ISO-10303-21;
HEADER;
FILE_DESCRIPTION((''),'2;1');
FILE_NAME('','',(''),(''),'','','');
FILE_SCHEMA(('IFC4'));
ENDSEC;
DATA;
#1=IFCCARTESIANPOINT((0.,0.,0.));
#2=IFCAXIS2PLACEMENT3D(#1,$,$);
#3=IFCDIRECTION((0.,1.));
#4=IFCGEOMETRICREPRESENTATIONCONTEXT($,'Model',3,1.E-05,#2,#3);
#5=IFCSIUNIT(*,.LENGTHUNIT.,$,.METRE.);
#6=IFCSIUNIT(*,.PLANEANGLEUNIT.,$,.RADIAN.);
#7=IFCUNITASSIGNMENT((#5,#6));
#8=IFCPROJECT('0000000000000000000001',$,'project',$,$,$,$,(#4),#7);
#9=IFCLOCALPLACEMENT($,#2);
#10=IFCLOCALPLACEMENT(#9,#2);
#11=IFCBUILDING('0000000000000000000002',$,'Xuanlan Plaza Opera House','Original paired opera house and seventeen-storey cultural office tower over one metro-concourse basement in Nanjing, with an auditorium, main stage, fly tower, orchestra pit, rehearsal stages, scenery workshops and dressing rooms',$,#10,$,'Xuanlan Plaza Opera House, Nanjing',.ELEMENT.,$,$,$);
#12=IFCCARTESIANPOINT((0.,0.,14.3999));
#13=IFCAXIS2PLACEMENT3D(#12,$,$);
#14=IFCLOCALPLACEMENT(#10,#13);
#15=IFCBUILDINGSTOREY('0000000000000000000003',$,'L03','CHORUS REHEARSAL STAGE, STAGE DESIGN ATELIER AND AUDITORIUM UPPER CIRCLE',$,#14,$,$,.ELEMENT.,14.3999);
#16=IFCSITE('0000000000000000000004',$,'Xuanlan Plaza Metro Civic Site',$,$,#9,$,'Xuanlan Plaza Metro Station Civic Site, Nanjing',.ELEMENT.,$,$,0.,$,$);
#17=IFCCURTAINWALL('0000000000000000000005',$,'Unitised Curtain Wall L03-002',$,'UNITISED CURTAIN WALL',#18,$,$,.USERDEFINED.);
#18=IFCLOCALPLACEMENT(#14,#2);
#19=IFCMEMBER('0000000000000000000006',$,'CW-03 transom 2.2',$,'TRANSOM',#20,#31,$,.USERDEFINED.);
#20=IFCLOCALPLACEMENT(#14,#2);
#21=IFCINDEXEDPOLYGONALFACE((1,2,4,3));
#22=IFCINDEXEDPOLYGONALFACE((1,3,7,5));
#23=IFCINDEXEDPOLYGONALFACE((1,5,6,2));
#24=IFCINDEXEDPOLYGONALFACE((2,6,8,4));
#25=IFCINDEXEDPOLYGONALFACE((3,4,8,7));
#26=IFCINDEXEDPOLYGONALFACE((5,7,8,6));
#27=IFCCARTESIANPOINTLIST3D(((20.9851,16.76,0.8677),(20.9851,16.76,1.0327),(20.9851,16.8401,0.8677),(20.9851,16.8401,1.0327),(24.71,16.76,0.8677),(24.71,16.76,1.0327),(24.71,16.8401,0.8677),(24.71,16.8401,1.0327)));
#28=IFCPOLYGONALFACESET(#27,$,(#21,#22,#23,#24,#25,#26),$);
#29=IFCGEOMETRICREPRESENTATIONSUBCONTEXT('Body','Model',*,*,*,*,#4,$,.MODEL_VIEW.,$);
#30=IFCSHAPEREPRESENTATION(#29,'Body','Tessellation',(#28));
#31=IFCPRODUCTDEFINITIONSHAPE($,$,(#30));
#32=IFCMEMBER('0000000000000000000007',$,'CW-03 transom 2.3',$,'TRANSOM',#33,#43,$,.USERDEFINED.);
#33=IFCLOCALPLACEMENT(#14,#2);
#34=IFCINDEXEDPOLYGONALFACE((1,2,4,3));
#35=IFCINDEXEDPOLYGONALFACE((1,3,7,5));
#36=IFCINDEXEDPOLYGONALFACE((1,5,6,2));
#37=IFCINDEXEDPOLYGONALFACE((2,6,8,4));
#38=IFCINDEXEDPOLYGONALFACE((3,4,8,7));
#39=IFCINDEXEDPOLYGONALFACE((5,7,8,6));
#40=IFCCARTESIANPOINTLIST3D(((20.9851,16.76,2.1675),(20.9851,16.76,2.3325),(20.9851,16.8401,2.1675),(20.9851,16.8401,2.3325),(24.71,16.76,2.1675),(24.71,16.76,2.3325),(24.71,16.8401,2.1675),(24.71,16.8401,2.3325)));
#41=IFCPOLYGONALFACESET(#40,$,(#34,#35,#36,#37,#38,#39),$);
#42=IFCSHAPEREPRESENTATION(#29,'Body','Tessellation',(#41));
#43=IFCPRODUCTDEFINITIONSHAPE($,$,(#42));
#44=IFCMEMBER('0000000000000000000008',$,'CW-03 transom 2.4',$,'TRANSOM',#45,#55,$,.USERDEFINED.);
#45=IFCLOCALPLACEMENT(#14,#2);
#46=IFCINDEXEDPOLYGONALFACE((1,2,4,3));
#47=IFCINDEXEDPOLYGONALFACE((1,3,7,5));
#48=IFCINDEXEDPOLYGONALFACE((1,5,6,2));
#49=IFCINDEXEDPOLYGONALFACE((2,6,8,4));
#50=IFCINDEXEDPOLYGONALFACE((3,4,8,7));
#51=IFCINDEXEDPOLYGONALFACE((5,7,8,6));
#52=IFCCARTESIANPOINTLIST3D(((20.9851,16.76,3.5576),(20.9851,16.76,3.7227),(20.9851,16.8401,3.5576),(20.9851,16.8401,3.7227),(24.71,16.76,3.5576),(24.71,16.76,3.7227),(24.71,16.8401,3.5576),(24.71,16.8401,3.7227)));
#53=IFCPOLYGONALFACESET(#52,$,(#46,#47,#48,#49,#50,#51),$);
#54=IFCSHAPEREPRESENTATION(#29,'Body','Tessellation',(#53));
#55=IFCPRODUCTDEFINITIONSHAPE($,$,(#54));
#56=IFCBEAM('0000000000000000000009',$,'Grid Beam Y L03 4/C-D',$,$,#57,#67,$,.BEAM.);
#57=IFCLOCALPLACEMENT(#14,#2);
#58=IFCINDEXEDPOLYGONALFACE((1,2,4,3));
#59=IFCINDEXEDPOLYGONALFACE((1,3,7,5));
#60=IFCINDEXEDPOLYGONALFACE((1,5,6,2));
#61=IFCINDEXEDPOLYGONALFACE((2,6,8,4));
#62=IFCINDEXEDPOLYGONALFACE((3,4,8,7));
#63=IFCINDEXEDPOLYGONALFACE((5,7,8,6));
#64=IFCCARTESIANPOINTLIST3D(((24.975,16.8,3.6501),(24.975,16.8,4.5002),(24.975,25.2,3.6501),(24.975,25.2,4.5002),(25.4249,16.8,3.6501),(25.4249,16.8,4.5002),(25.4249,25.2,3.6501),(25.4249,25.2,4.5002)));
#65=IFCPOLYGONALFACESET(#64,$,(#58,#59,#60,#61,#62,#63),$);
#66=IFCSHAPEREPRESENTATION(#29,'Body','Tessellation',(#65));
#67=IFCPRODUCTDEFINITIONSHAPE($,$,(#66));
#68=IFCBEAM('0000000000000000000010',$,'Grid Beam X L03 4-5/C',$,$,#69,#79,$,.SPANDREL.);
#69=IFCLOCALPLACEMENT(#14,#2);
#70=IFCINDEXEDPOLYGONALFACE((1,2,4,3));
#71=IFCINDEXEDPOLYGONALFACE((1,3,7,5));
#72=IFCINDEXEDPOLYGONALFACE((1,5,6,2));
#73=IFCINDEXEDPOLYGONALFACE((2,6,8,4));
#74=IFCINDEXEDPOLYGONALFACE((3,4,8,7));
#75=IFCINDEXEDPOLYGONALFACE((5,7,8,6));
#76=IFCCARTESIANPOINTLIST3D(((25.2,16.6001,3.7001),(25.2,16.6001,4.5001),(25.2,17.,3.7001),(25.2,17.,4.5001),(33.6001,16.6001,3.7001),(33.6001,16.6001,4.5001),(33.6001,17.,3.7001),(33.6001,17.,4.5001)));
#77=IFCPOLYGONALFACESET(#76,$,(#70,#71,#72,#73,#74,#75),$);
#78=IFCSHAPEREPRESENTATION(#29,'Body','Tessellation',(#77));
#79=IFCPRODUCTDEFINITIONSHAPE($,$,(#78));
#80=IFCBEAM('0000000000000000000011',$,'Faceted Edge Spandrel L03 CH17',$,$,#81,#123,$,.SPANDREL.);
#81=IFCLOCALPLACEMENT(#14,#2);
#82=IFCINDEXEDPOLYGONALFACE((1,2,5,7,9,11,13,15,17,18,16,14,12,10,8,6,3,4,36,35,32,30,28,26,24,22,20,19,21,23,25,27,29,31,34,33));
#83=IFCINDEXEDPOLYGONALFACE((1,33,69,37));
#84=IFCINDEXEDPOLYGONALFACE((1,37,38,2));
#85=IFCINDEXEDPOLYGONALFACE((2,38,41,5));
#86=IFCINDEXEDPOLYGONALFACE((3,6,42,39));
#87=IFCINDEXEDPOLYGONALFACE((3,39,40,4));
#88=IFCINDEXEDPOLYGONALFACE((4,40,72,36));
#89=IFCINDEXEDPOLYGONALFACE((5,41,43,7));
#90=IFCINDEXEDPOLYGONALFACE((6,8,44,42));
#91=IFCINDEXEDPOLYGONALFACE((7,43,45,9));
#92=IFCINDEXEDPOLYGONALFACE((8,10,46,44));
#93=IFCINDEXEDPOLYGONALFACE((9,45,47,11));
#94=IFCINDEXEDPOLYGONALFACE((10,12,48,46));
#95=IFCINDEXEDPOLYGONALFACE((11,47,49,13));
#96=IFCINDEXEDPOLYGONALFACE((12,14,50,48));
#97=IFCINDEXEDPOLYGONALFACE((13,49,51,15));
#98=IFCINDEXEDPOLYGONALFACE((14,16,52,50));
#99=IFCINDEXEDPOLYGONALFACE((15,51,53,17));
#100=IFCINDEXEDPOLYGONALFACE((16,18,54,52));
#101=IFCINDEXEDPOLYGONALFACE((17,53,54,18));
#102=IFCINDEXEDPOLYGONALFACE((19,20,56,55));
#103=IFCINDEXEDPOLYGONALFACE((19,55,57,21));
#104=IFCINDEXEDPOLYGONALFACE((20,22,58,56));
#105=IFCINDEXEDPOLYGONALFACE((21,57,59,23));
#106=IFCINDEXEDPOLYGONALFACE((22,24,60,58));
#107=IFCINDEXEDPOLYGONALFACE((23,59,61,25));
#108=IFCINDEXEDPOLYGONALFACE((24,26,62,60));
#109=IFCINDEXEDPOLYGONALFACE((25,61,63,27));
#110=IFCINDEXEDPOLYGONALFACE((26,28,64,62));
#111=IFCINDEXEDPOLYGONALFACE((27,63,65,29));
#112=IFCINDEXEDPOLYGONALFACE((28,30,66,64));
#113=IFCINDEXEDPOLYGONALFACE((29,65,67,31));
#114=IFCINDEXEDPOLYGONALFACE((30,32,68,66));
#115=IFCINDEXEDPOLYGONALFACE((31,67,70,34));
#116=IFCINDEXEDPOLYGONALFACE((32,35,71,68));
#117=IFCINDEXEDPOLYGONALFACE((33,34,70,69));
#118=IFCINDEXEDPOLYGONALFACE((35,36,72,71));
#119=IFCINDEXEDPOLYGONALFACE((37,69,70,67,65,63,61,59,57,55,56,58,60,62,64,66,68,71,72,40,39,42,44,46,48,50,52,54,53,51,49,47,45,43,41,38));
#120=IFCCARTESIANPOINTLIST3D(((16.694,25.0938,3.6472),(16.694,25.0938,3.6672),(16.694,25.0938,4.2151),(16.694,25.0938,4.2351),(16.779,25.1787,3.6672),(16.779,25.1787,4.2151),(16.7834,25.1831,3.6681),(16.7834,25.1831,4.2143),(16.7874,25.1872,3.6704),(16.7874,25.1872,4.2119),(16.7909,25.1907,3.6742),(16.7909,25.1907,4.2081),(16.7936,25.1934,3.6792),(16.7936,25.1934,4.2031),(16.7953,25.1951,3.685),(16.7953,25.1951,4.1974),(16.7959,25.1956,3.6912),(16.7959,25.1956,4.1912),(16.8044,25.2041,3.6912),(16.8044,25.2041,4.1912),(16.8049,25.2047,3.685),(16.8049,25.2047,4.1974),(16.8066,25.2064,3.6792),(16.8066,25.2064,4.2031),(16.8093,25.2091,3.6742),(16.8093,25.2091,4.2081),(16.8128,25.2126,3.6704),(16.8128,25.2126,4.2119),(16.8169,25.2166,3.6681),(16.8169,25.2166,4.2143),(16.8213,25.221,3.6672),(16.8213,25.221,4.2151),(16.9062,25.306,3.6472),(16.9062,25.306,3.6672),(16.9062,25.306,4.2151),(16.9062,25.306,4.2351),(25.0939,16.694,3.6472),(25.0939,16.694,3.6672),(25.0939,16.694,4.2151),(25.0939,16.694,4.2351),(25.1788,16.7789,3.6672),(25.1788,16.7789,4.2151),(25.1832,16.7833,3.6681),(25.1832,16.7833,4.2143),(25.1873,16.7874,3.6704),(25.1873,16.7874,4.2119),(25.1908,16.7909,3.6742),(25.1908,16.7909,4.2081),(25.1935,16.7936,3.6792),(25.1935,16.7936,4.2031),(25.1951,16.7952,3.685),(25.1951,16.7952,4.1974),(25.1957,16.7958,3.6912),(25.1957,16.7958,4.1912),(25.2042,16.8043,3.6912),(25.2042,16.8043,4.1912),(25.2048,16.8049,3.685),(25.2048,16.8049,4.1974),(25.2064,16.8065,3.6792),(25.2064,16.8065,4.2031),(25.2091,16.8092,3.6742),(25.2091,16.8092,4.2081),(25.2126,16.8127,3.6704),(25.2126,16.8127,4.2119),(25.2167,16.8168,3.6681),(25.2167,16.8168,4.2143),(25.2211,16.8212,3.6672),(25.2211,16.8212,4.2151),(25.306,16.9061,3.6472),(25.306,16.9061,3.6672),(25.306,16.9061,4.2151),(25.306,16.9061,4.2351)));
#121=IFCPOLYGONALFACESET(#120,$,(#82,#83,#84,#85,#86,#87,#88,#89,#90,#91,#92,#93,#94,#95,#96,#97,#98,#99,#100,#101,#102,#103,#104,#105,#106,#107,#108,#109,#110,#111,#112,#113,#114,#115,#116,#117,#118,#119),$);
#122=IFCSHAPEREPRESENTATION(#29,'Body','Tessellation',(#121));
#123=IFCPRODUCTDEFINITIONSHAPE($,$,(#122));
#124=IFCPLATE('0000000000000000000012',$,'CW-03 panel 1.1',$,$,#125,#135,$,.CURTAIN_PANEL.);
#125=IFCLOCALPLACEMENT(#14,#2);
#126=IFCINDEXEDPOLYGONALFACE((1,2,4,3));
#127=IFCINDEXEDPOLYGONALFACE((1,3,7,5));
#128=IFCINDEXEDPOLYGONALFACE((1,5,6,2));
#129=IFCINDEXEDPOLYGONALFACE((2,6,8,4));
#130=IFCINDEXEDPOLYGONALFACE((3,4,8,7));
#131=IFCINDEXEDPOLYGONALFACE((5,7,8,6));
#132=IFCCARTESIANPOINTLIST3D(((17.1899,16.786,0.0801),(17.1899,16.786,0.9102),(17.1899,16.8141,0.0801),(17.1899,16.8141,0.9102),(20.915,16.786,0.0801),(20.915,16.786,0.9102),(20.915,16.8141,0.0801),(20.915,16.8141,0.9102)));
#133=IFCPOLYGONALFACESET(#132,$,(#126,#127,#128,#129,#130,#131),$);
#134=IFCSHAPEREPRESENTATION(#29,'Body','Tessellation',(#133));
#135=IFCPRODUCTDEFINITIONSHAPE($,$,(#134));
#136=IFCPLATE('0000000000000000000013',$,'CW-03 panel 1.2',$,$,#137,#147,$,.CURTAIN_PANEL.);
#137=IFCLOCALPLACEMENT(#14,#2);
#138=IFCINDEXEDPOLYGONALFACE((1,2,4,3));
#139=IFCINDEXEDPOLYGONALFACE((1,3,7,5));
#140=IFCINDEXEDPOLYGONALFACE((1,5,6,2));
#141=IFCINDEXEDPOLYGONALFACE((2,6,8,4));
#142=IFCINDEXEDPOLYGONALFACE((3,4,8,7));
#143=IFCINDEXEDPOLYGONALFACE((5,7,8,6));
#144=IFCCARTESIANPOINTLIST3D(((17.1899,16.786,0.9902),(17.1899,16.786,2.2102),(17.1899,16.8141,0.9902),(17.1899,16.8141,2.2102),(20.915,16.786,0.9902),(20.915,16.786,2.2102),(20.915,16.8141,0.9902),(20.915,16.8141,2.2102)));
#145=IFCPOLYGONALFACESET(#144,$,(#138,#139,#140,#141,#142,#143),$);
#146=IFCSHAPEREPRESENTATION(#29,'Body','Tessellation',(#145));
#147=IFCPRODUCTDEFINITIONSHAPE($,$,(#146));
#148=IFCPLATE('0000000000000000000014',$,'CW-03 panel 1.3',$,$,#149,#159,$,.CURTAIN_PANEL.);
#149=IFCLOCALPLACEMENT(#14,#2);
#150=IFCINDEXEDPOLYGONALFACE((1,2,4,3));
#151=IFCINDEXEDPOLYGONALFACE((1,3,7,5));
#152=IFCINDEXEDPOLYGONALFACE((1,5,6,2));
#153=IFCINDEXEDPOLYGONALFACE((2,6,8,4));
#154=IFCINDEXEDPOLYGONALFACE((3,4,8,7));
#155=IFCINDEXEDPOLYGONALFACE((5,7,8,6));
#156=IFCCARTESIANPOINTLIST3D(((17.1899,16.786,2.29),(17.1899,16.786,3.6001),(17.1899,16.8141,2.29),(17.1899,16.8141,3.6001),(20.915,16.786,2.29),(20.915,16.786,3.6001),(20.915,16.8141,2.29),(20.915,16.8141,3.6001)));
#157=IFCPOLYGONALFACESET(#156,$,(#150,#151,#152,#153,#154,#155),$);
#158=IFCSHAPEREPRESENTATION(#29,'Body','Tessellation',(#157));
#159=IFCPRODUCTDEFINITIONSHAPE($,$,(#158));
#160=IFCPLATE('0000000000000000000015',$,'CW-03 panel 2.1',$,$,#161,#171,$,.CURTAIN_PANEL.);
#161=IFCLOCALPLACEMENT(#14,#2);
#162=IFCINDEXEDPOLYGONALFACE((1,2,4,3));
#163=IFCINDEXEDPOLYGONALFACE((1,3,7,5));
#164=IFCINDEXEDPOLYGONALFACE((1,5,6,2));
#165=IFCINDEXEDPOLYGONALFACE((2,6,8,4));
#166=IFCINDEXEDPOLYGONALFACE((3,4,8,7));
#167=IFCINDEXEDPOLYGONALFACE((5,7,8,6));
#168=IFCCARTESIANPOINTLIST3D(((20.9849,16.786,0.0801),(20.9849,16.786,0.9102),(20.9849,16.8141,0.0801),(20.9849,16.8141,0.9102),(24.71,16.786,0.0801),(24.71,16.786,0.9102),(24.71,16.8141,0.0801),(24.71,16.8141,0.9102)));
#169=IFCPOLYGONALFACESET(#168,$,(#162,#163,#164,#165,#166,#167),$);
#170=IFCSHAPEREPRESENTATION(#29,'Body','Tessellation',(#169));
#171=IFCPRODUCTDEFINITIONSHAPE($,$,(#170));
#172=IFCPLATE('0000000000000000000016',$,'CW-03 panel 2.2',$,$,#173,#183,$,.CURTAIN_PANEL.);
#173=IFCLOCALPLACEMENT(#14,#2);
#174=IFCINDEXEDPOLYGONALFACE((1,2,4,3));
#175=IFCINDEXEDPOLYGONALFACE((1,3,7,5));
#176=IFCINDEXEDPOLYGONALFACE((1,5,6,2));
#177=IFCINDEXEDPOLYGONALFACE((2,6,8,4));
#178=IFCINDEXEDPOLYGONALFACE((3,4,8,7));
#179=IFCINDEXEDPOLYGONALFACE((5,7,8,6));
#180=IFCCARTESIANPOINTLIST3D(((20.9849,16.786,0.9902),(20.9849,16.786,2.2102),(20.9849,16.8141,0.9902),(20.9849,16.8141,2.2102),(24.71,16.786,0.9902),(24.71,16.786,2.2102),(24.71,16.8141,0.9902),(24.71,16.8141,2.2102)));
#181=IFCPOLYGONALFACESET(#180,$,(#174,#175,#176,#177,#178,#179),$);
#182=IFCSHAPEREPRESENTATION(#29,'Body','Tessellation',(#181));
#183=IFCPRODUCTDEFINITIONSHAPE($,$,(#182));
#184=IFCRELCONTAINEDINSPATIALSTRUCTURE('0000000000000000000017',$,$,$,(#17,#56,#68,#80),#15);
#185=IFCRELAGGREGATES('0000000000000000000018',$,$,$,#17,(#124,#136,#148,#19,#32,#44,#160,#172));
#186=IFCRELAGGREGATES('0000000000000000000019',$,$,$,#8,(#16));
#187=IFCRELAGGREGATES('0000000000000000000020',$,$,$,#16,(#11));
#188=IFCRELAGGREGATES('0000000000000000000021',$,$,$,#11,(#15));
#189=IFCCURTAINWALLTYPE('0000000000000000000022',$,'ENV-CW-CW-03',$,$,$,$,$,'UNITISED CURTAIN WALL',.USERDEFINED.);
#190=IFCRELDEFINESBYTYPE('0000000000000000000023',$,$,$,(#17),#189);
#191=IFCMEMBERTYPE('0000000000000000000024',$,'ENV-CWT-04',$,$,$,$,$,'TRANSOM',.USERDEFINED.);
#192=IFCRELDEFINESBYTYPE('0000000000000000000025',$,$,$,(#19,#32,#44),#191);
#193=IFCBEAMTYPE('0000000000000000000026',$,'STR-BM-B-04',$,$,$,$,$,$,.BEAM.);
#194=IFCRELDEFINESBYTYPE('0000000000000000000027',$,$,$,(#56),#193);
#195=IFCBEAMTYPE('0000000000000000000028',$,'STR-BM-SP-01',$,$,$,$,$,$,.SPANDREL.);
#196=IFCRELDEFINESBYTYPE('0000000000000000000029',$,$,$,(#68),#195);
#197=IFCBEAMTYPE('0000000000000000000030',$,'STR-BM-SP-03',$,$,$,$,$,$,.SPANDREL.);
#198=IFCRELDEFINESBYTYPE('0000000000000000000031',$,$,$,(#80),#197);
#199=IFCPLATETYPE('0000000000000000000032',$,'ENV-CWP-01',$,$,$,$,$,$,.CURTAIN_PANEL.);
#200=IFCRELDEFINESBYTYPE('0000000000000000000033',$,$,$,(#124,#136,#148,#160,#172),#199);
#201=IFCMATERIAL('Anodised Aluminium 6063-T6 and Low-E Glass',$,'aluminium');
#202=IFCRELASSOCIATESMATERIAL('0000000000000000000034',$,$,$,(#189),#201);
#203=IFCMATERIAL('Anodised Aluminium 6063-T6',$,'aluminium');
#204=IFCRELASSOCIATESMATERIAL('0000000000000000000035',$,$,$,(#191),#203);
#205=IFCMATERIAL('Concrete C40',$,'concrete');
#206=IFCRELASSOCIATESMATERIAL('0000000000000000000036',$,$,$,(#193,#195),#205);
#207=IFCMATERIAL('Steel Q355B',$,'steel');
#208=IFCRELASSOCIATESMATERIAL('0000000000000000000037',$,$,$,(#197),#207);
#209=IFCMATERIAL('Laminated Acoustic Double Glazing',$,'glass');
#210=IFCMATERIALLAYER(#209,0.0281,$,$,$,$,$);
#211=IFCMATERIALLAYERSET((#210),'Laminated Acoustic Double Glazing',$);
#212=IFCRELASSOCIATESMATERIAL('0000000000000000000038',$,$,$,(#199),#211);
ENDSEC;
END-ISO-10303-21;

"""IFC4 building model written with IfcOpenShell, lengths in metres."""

from ifc_helpers import new_model, si_unit, direction, frame, origin, origin_2d, place, context, subcontext, project, spatial, rectangle, i_section, extrude, material, layer, layer_set, material_profile, profile_set, type_object, element, aggregate, save


model = new_model("IFC4")

# Units and contexts
model_context = context("Model", 3, precision=1e-05, world=origin(), true_north=direction((0.0, 1.0)))
body_context = subcontext(model_context, "Body", "Model", "MODEL_VIEW")
ifc_project = project(units=[si_unit("LENGTHUNIT", "METRE"), si_unit("PLANEANGLEUNIT", "RADIAN")], contexts=[model_context])

# Site, building, storey
site_placement = place(None, origin())
site = spatial("IfcSite", under=ifc_project, at=site_placement, Name="Xuanlan Plaza Metro Civic Site", LongName="Xuanlan Plaza Metro Station Civic Site, Nanjing", CompositionType="ELEMENT", RefElevation=0.0)
building_placement = place(site_placement, origin())
building = spatial("IfcBuilding", under=site, at=building_placement, Name="Xuanlan Plaza Opera House", Description="Original paired opera house and seventeen-storey cultural office tower over one metro-concourse basement in Nanjing, with an auditorium, main stage, fly tower, orchestra pit, rehearsal stages, scenery workshops and dressing rooms", LongName="Xuanlan Plaza Opera House, Nanjing", CompositionType="ELEMENT")
storey_placement = place(building_placement, frame((0.0, 0.0, 14.3999)))
storey = spatial("IfcBuildingStorey", under=building, at=storey_placement, Name="L03", Description="CHORUS REHEARSAL STAGE, STAGE DESIGN ATELIER AND AUDITORIUM UPPER CIRCLE", CompositionType="ELEMENT", Elevation=14.3999)

# Shared definitions
ifc_material_1 = material(Name="Concrete C40", Category="concrete")

# Curtain wall
ifc_material_2 = material(Name="Anodised Aluminium 6063-T6 and Low-E Glass", Category="aluminium")
curtain_wall_type_1 = type_object("IfcCurtainWallType", Name="ENV-CW-CW-03", ElementType="UNITISED CURTAIN WALL", PredefinedType="USERDEFINED", material=ifc_material_2)
curtain_wall_1_placement = place(storey_placement, origin())
curtain_wall_1 = element("IfcCurtainWall", 1, at=curtain_wall_1_placement, inside=storey, type_object=curtain_wall_type_1, Name="Unitised Curtain Wall L03-002", ObjectType="UNITISED CURTAIN WALL", PredefinedType="USERDEFINED")
ifc_material_3 = material(Name="Anodised Aluminium 6063-T6", Category="aluminium")

# Members
ifc_material_profile_1 = material_profile(ifc_material_3, rectangle(XDim=0.0801, YDim=0.165, at=origin_2d()), Name="ALU-T 80x165")
ifc_profile_set_1 = profile_set([ifc_material_profile_1], Name="Anodised Aluminium 6063-T6")
member_type_1 = type_object("IfcMemberType", Name="ENV-CWT-04", ElementType="TRANSOM", PredefinedType="USERDEFINED", material=ifc_profile_set_1)
member_1_placement = place(storey_placement, frame((20.9851, 16.8, 0.9502), z_axis=(1.0, 0.0, 0.0), x_axis=(0.0, 1.0, 0.0)))
member_1 = element("IfcMember", 2, at=member_1_placement, type_object=member_type_1, Name="CW-03 transom 2.2", ObjectType="TRANSOM", PredefinedType="USERDEFINED", context=body_context, shape_type="SweptSolid", body=[
    extrude(rectangle(XDim=0.0801, YDim=0.165, at=origin_2d()), origin(), (0.0, 0.0, 1.0), 3.7249),
])
member_2_placement = place(storey_placement, frame((20.9851, 16.8, 2.25), z_axis=(1.0, 0.0, 0.0), x_axis=(0.0, 1.0, 0.0)))
member_2 = element("IfcMember", 3, at=member_2_placement, type_object=member_type_1, Name="CW-03 transom 2.3", ObjectType="TRANSOM", PredefinedType="USERDEFINED", context=body_context, shape_type="SweptSolid", body=[
    extrude(rectangle(XDim=0.0801, YDim=0.165, at=origin_2d()), origin(), (0.0, 0.0, 1.0), 3.7249),
])
member_3_placement = place(storey_placement, frame((20.9851, 16.8, 3.6401), z_axis=(1.0, 0.0, 0.0), x_axis=(0.0, 1.0, 0.0)))
member_3 = element("IfcMember", 4, at=member_3_placement, type_object=member_type_1, Name="CW-03 transom 2.4", ObjectType="TRANSOM", PredefinedType="USERDEFINED", context=body_context, shape_type="SweptSolid", body=[
    extrude(rectangle(XDim=0.0801, YDim=0.165, at=origin_2d()), origin(), (0.0, 0.0, 1.0), 3.7249),
])

# Beams
ifc_material_profile_2 = material_profile(ifc_material_1, rectangle(XDim=0.45, YDim=0.8501, at=origin_2d()), Name="RC-BM 450x850")
ifc_profile_set_2 = profile_set([ifc_material_profile_2], Name="Concrete C40")
beam_type_1 = type_object("IfcBeamType", Name="STR-BM-B-04", PredefinedType="BEAM", material=ifc_profile_set_2)
beam_1_placement = place(storey_placement, frame((25.2, 16.8, 4.0752), z_axis=(0.0, 1.0, 0.0), x_axis=(-1.0, 0.0, 0.0)))
element("IfcBeam", 5, at=beam_1_placement, inside=storey, type_object=beam_type_1, Name="Grid Beam Y L03 4/C-D", PredefinedType="BEAM", context=body_context, shape_type="SweptSolid", body=[
    extrude(rectangle(XDim=0.45, YDim=0.8501, at=origin_2d()), origin(), (0.0, 0.0, 1.0), 8.3999),
])
ifc_material_profile_3 = material_profile(ifc_material_1, rectangle(XDim=0.3999, YDim=0.8, at=origin_2d()), Name="RC-SPD 400x800")
ifc_profile_set_3 = profile_set([ifc_material_profile_3], Name="Concrete C40")
beam_type_2 = type_object("IfcBeamType", Name="STR-BM-SP-01", PredefinedType="SPANDREL", material=ifc_profile_set_3)
beam_2_placement = place(storey_placement, frame((25.2, 16.8, 4.1001), z_axis=(1.0, 0.0, 0.0), x_axis=(0.0, 1.0, 0.0)))
element("IfcBeam", 6, at=beam_2_placement, inside=storey, type_object=beam_type_2, Name="Grid Beam X L03 4-5/C", PredefinedType="SPANDREL", context=body_context, shape_type="SweptSolid", body=[
    extrude(rectangle(XDim=0.3999, YDim=0.8, at=origin_2d()), origin(), (0.0, 0.0, 1.0), 8.4001),
])
ifc_material_4 = material(Name="Steel Q355B", Category="steel")
ifc_material_profile_4 = material_profile(ifc_material_4, i_section(OverallWidth=0.3, OverallDepth=0.5879, WebThickness=0.012, FlangeThickness=0.02, FilletRadius=0.0239, at=origin_2d()), Name="HM 588x300x12x20")
ifc_profile_set_4 = profile_set([ifc_material_profile_4], Name="Steel Q355B")
beam_type_3 = type_object("IfcBeamType", Name="STR-BM-SP-03", PredefinedType="SPANDREL", material=ifc_profile_set_4)
beam_3_placement = place(storey_placement, frame((25.2, 16.8, 3.9412), z_axis=(-0.707107, 0.707107, 0.0), x_axis=(-0.707107, -0.707107, 0.0)))
element("IfcBeam", 7, at=beam_3_placement, inside=storey, type_object=beam_type_3, Name="Faceted Edge Spandrel L03 CH17", PredefinedType="SPANDREL", context=body_context, shape_type="SweptSolid", body=[
    extrude(i_section(OverallWidth=0.3, OverallDepth=0.5879, WebThickness=0.012, FlangeThickness=0.02, FilletRadius=0.0239, at=origin_2d()), origin(), (0.0, 0.0, 1.0), 11.8792),
])

# Plates
ifc_material_5 = material(Name="Laminated Acoustic Double Glazing", Category="glass")
ifc_layer = layer(ifc_material_5, 0.0281)
ifc_layer_set = layer_set([ifc_layer], Name="Laminated Acoustic Double Glazing")
plate_type = type_object("IfcPlateType", Name="ENV-CWP-01", PredefinedType="CURTAIN_PANEL", material=ifc_layer_set)
plate_1_placement = place(storey_placement, frame((19.0525, 16.8, 0.0801), z_axis=(0.0, 0.0, 1.0), x_axis=(1.0, 0.0, 0.0)))
plate_1 = element("IfcPlate", 8, at=plate_1_placement, type_object=plate_type, Name="CW-03 panel 1.1", PredefinedType="CURTAIN_PANEL", context=body_context, shape_type="SweptSolid", body=[
    extrude(rectangle(XDim=3.7251, YDim=0.0281, at=origin_2d()), origin(), (0.0, 0.0, 1.0), 0.8301),
])
plate_2_placement = place(storey_placement, frame((19.0525, 16.8, 0.9902), z_axis=(0.0, 0.0, 1.0), x_axis=(1.0, 0.0, 0.0)))
plate_2 = element("IfcPlate", 9, at=plate_2_placement, type_object=plate_type, Name="CW-03 panel 1.2", PredefinedType="CURTAIN_PANEL", context=body_context, shape_type="SweptSolid", body=[
    extrude(rectangle(XDim=3.7251, YDim=0.0281, at=origin_2d()), origin(), (0.0, 0.0, 1.0), 1.22),
])
plate_3_placement = place(storey_placement, frame((19.0525, 16.8, 2.29), z_axis=(0.0, 0.0, 1.0), x_axis=(1.0, 0.0, 0.0)))
plate_3 = element("IfcPlate", 10, at=plate_3_placement, type_object=plate_type, Name="CW-03 panel 1.3", PredefinedType="CURTAIN_PANEL", context=body_context, shape_type="SweptSolid", body=[
    extrude(rectangle(XDim=3.7251, YDim=0.0281, at=origin_2d()), origin(), (0.0, 0.0, 1.0), 1.3101),
])
plate_4_placement = place(storey_placement, frame((22.8474, 16.8, 0.0801), z_axis=(0.0, 0.0, 1.0), x_axis=(1.0, 0.0, 0.0)))
plate_4 = element("IfcPlate", 11, at=plate_4_placement, type_object=plate_type, Name="CW-03 panel 2.1", PredefinedType="CURTAIN_PANEL", context=body_context, shape_type="SweptSolid", body=[
    extrude(rectangle(XDim=3.7251, YDim=0.0281, at=origin_2d()), origin(), (0.0, 0.0, 1.0), 0.8301),
])
plate_5_placement = place(storey_placement, frame((22.8474, 16.8, 0.9902), z_axis=(0.0, 0.0, 1.0), x_axis=(1.0, 0.0, 0.0)))
plate_5 = element("IfcPlate", 12, at=plate_5_placement, type_object=plate_type, Name="CW-03 panel 2.2", PredefinedType="CURTAIN_PANEL", context=body_context, shape_type="SweptSolid", body=[
    extrude(rectangle(XDim=3.7251, YDim=0.0281, at=origin_2d()), origin(), (0.0, 0.0, 1.0), 1.22),
])
aggregate(curtain_wall_1, [plate_1, plate_2, plate_3, member_1, member_2, member_3, plate_4, plate_5])

save(model, "model.ifc")
